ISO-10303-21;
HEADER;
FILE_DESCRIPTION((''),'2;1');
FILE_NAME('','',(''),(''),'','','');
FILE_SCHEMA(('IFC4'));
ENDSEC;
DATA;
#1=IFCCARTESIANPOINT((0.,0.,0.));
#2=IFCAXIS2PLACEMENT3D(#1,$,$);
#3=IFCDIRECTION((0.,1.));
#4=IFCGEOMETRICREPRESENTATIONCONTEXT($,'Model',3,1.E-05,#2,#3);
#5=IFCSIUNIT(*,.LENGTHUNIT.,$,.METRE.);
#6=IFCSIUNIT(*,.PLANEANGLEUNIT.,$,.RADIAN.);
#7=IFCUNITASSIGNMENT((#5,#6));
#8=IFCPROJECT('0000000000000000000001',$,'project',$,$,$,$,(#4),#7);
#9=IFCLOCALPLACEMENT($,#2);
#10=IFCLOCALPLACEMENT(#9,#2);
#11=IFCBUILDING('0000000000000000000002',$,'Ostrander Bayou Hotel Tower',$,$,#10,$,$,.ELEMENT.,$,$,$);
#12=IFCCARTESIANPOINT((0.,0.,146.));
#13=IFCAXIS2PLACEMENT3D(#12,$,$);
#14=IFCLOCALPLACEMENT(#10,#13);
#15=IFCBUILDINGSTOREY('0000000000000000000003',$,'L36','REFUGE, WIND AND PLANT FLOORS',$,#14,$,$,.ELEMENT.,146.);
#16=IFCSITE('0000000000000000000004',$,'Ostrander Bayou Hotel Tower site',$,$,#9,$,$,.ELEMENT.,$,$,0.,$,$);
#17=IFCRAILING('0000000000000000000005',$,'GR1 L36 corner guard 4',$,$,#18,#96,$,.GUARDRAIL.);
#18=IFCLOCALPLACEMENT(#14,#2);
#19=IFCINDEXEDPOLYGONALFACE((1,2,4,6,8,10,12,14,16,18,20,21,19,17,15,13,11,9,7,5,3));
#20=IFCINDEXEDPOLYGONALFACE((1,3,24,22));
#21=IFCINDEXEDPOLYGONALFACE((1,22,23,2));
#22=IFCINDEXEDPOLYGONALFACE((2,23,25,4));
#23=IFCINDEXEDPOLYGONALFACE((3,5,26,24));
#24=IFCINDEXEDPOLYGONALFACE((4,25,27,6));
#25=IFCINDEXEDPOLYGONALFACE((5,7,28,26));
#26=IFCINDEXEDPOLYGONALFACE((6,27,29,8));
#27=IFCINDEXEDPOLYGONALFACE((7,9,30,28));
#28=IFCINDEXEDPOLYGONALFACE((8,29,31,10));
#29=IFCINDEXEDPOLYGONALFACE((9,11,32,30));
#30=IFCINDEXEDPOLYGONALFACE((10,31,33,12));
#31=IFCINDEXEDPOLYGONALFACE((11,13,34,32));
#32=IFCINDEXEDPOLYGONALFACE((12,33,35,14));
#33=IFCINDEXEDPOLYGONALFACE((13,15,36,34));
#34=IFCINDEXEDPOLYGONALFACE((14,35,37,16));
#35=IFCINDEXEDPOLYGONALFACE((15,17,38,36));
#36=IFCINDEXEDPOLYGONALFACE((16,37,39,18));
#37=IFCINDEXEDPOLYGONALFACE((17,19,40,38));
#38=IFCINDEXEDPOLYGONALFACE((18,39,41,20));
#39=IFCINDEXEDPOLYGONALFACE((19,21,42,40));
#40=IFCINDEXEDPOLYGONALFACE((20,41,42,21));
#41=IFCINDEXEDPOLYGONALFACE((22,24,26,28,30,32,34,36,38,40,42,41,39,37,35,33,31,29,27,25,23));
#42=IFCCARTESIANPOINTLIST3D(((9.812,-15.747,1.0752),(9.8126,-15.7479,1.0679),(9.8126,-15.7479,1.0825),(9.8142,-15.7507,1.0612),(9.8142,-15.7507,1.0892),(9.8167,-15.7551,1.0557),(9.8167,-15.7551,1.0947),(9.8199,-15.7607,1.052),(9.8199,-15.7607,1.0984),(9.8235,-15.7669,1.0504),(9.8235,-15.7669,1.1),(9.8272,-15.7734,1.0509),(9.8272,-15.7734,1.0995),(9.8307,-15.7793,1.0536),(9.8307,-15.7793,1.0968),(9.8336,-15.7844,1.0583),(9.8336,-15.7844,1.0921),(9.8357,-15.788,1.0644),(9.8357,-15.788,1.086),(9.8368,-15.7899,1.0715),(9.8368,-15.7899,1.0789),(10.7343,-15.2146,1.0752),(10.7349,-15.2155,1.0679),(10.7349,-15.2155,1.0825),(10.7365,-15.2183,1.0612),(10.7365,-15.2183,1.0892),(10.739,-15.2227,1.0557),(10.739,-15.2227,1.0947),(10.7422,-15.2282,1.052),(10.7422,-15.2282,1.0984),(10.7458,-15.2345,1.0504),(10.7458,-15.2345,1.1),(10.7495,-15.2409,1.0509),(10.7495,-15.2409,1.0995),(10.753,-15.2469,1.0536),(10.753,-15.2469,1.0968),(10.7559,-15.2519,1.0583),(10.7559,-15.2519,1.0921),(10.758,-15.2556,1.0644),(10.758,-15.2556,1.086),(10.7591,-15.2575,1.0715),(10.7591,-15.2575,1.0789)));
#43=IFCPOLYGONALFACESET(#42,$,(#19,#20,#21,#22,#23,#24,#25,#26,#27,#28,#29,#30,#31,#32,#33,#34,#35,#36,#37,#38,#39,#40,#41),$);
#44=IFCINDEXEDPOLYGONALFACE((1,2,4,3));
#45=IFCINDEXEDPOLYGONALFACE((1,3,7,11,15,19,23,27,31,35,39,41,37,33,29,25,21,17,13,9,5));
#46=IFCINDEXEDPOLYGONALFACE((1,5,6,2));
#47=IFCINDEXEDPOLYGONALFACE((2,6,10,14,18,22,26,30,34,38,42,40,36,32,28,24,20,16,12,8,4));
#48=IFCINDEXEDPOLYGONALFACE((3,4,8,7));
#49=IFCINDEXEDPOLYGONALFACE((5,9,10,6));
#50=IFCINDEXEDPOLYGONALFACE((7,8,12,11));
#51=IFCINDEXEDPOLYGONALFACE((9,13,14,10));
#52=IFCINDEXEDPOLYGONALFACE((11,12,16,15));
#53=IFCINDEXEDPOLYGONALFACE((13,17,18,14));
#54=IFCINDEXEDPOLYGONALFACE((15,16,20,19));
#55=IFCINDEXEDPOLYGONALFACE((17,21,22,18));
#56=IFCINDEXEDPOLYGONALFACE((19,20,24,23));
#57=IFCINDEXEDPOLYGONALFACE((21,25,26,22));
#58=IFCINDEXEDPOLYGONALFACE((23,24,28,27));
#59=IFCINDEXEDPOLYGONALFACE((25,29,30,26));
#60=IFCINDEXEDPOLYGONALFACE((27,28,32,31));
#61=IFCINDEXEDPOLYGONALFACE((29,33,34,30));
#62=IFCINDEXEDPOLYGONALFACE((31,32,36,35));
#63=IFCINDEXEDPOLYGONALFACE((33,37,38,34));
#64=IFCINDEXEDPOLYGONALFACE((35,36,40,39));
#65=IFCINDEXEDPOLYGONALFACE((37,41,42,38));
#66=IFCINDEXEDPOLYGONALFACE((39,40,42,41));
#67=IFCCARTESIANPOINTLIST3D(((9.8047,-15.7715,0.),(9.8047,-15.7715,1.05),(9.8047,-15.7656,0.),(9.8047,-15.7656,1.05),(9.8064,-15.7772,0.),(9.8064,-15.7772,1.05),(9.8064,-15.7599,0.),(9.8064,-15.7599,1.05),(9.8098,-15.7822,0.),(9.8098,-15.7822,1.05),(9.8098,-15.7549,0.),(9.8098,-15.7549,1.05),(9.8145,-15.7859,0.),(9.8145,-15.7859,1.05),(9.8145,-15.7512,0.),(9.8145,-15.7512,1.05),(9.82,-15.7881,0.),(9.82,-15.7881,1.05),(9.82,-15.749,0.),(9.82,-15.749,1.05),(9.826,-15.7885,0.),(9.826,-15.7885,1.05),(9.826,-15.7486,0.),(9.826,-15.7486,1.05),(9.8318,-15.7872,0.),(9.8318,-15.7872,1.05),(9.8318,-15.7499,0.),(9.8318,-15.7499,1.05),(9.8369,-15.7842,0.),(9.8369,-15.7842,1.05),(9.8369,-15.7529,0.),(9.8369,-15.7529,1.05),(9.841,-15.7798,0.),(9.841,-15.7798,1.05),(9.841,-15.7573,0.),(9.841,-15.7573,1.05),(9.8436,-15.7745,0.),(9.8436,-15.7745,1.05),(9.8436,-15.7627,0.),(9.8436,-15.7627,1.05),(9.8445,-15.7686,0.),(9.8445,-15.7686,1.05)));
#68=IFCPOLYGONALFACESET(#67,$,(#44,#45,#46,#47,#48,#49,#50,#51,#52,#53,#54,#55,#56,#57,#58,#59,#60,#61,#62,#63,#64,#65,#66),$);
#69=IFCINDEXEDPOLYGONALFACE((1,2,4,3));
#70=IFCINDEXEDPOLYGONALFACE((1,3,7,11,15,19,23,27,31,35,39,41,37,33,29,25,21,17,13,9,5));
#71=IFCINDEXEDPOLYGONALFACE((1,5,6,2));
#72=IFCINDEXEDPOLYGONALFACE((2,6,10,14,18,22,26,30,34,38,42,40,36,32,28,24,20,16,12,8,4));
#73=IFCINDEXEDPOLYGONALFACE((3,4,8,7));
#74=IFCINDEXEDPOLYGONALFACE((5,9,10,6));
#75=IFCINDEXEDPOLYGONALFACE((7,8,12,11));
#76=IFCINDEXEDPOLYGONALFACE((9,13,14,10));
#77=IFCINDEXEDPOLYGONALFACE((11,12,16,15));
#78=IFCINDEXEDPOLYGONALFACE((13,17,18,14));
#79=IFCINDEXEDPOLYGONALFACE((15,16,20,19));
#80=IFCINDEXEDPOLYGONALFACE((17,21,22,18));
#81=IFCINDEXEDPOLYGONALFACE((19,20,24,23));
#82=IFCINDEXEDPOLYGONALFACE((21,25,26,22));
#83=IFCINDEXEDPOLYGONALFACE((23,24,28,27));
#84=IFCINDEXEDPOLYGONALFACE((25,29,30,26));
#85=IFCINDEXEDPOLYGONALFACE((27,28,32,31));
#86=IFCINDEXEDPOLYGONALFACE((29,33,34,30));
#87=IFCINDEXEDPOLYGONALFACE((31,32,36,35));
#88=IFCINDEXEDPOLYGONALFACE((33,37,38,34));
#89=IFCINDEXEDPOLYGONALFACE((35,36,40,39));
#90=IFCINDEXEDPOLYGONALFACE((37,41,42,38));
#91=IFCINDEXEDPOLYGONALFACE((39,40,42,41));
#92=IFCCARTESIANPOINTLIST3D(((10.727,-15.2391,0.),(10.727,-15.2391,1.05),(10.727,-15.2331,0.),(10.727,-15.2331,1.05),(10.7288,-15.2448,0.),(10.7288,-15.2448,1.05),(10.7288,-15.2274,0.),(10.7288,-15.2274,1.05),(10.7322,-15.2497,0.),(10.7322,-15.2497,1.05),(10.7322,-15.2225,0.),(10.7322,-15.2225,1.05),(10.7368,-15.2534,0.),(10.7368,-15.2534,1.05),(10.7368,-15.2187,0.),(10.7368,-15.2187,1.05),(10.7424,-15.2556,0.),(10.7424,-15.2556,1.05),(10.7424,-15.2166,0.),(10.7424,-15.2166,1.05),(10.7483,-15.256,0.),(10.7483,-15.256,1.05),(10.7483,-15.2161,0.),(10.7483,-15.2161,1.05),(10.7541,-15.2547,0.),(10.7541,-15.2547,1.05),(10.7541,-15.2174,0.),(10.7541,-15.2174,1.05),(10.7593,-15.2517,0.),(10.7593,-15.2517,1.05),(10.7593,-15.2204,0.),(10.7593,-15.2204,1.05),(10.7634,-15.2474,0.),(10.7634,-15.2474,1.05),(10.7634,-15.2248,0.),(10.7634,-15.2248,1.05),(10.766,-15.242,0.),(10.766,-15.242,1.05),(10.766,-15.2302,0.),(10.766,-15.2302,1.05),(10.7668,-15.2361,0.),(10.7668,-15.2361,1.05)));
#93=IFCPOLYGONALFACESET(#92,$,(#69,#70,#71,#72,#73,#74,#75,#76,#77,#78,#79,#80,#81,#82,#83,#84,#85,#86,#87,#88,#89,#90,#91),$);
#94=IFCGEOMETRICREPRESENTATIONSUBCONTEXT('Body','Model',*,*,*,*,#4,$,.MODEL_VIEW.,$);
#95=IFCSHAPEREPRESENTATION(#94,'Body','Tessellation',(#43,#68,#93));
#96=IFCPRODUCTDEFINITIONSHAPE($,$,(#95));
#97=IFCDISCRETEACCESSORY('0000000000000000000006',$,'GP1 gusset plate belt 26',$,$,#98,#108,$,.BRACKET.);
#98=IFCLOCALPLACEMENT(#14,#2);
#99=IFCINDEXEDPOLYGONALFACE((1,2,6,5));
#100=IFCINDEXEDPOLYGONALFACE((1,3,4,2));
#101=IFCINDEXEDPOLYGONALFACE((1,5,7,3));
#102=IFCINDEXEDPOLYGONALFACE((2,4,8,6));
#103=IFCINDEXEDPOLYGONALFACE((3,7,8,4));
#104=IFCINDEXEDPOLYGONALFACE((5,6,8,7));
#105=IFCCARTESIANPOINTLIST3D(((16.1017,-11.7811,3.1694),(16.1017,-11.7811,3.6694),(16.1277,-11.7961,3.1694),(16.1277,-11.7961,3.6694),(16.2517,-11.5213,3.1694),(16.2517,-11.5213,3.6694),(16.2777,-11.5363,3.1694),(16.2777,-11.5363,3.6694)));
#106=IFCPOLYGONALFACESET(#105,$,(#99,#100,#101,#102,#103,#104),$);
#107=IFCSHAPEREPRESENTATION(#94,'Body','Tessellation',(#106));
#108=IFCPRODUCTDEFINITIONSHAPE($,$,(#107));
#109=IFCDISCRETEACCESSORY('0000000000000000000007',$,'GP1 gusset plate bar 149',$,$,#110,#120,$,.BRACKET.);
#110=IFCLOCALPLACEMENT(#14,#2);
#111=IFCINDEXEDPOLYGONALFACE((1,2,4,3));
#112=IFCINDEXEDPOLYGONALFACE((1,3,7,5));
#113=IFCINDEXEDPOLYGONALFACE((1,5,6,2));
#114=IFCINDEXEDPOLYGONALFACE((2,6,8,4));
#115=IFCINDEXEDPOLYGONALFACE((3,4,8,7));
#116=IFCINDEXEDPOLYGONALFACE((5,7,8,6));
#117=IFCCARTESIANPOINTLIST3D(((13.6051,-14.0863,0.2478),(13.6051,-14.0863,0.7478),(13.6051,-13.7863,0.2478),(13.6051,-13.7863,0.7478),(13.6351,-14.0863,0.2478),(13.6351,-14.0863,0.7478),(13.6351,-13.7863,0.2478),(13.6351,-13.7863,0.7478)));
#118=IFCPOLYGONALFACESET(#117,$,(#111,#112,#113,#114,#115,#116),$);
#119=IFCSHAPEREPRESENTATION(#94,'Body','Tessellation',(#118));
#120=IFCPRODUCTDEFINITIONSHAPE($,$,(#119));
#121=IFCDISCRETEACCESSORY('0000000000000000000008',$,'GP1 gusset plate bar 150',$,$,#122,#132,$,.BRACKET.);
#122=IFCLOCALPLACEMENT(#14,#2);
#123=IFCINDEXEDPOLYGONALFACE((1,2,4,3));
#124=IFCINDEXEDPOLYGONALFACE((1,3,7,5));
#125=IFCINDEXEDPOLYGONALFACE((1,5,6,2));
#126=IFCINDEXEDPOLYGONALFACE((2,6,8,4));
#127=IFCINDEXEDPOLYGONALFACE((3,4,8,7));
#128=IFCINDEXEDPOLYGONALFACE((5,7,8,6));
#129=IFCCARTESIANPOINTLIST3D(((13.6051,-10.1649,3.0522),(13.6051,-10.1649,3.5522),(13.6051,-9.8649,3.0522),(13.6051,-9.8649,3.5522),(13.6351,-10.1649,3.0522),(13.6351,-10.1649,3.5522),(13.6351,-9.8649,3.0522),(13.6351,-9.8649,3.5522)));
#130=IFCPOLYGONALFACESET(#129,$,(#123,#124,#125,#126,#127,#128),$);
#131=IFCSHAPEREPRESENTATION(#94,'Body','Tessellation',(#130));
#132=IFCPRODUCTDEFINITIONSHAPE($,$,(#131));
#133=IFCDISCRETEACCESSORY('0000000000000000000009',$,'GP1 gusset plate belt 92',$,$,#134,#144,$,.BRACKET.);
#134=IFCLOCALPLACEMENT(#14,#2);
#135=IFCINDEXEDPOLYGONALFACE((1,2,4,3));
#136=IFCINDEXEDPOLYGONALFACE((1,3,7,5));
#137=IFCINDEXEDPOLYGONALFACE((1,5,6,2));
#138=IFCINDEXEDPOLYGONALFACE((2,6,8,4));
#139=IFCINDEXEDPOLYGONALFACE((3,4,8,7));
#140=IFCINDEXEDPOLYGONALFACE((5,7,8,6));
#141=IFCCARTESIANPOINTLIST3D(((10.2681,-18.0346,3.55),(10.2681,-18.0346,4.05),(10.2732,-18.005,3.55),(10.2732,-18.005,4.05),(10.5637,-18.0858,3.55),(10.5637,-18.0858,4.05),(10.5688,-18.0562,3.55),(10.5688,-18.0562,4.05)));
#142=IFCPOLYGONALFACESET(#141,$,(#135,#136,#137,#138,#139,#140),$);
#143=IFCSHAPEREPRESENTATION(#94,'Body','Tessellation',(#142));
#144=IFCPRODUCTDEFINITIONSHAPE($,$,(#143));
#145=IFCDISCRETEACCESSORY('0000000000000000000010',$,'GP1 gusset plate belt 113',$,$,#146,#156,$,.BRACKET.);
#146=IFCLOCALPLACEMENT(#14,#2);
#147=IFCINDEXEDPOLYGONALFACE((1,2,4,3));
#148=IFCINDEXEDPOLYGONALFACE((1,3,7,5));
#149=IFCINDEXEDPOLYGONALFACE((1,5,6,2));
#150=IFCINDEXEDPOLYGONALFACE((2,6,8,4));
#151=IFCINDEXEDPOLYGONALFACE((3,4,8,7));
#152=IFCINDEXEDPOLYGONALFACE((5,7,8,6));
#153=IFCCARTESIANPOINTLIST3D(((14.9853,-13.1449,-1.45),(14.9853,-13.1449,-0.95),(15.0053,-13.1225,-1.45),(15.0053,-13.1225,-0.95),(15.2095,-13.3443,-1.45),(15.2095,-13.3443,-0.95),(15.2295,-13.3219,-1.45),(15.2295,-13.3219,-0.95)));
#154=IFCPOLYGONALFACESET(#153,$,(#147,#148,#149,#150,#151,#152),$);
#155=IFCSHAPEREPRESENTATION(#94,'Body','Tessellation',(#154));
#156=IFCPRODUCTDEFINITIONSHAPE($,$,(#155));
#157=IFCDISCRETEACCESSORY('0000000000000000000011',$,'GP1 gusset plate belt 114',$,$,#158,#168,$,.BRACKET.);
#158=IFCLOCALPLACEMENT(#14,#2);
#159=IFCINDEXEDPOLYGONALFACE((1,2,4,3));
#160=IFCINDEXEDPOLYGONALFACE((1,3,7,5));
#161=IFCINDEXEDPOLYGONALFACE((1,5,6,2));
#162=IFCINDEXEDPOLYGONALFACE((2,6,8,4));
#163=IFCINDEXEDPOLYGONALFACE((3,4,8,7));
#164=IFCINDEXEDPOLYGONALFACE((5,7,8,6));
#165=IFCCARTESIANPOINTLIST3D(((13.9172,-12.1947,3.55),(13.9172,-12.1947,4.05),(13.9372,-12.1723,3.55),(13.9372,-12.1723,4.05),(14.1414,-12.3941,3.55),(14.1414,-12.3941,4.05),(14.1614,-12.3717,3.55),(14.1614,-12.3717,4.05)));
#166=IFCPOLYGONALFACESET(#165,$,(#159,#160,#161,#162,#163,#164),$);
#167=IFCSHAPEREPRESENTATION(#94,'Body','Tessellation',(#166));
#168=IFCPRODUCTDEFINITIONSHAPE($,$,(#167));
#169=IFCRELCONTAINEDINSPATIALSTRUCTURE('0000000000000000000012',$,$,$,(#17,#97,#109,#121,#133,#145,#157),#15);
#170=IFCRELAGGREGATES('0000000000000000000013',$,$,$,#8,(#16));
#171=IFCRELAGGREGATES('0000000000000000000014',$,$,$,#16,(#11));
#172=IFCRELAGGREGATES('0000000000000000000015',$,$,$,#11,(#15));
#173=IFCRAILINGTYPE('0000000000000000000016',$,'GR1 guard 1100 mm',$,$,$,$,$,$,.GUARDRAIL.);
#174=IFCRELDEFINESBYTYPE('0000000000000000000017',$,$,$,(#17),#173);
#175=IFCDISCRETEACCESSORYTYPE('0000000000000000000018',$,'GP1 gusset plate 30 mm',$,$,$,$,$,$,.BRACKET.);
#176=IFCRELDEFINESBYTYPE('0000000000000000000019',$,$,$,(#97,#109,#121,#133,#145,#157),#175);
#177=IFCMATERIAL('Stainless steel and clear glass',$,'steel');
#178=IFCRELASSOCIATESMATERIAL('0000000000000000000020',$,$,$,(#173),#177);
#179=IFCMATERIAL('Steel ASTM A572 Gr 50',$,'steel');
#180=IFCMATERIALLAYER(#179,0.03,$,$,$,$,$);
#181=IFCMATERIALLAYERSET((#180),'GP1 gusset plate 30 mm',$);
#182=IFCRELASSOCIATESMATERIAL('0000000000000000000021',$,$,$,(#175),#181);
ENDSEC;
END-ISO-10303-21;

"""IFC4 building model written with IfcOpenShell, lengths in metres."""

from ifc_helpers import new_model, si_unit, direction, frame, origin, origin_2d, place, context, subcontext, project, spatial, rectangle, circle, extrude, material, layer, layer_set, type_object, element, save


model = new_model("IFC4")

# Units and contexts
model_context = context("Model", 3, precision=1e-05, world=origin(), true_north=direction((0.0, 1.0)))
body_context = subcontext(model_context, "Body", "Model", "MODEL_VIEW")
ifc_project = project(units=[si_unit("LENGTHUNIT", "METRE"), si_unit("PLANEANGLEUNIT", "RADIAN")], contexts=[model_context])

# Site, building, storey
site_placement = place(None, origin())
site = spatial("IfcSite", under=ifc_project, at=site_placement, Name="Ostrander Bayou Hotel Tower site", CompositionType="ELEMENT", RefElevation=0.0)
building_placement = place(site_placement, origin())
building = spatial("IfcBuilding", under=site, at=building_placement, Name="Ostrander Bayou Hotel Tower", CompositionType="ELEMENT")
storey_placement = place(building_placement, frame((0.0, 0.0, 146.0)))
storey = spatial("IfcBuildingStorey", under=building, at=storey_placement, Name="L36", Description="REFUGE, WIND AND PLANT FLOORS", CompositionType="ELEMENT", Elevation=146.0)

# Railing
ifc_material_1 = material(Name="Stainless steel and clear glass", Category="steel")
railing_type = type_object("IfcRailingType", Name="GR1 guard 1100 mm", PredefinedType="GUARDRAIL", material=ifc_material_1)
railing_1_placement = place(storey_placement, frame((9.8245, -15.7686, 0.0)))
element("IfcRailing", 1, at=railing_1_placement, inside=storey, type_object=railing_type, Name="GR1 L36 corner guard 4", PredefinedType="GUARDRAIL", context=body_context, shape_type="SweptSolid", body=[
    extrude(circle(Radius=0.0249, at=origin_2d()), frame((0.0, 0.0, 1.0752), z_axis=(0.866048, 0.499961, 0.0), x_axis=(-0.499961, 0.866048, 0.0)), (0.0, 0.0, 1.0), 1.0649),
    extrude(circle(Radius=0.02, at=origin_2d()), origin(), (0.0, 0.0, 1.0), 1.05),
    extrude(circle(Radius=0.02, at=origin_2d()), frame((0.9224, 0.5325, 0.0)), (0.0, 0.0, 1.0), 1.05),
])

# Discrete accessories
ifc_material_2 = material(Name="Steel ASTM A572 Gr 50", Category="steel")
ifc_layer_1 = layer(ifc_material_2, 0.03)
ifc_layer_set_1 = layer_set([ifc_layer_1], Name="GP1 gusset plate 30 mm")
discrete_accessory_type = type_object("IfcDiscreteAccessoryType", Name="GP1 gusset plate 30 mm", PredefinedType="BRACKET", material=ifc_layer_set_1)
for number, where, z_axis, x_axis, name in (
    (2, (16.1897, -11.6587, 3.1694), (0.0, 0.0, 1.0), (-0.5, -0.866025, 0.0), "GP1 gusset plate belt 26"),
    (3, (13.6201, -13.9363, 0.2478), (0.0, 0.0, 1.0), (0.0, 1.0, 0.0), "GP1 gusset plate bar 149"),
    (4, (13.6201, -10.0149, 3.0522), (0.0, 0.0, 1.0), (0.0, 1.0, 0.0), "GP1 gusset plate bar 150"),
    (5, (10.4185, -18.0454, 3.55), (0.0, 0.0, 1.0), (-0.985331, 0.170657, 0.0), "GP1 gusset plate belt 92"),
    (6, (15.1074, -13.2334, -1.45), (0.0, 0.0, 1.0), (-0.747207, 0.664592, 0.0), "GP1 gusset plate belt 113"),
    (7, (14.0393, -12.2832, 3.55), (0.0, 0.0, 1.0), (-0.747207, 0.664592, 0.0), "GP1 gusset plate belt 114"),
):
    element("IfcDiscreteAccessory", number, at=place(storey_placement, frame(where, z_axis=z_axis, x_axis=x_axis)), inside=storey, type_object=discrete_accessory_type, Name=name, PredefinedType="BRACKET", context=body_context, shape_type="SweptSolid", body=[
        extrude(rectangle(XDim=0.3, YDim=0.03, at=origin_2d()), origin(), (0.0, 0.0, 1.0), 0.5),
    ])

save(model, "model.ifc")
